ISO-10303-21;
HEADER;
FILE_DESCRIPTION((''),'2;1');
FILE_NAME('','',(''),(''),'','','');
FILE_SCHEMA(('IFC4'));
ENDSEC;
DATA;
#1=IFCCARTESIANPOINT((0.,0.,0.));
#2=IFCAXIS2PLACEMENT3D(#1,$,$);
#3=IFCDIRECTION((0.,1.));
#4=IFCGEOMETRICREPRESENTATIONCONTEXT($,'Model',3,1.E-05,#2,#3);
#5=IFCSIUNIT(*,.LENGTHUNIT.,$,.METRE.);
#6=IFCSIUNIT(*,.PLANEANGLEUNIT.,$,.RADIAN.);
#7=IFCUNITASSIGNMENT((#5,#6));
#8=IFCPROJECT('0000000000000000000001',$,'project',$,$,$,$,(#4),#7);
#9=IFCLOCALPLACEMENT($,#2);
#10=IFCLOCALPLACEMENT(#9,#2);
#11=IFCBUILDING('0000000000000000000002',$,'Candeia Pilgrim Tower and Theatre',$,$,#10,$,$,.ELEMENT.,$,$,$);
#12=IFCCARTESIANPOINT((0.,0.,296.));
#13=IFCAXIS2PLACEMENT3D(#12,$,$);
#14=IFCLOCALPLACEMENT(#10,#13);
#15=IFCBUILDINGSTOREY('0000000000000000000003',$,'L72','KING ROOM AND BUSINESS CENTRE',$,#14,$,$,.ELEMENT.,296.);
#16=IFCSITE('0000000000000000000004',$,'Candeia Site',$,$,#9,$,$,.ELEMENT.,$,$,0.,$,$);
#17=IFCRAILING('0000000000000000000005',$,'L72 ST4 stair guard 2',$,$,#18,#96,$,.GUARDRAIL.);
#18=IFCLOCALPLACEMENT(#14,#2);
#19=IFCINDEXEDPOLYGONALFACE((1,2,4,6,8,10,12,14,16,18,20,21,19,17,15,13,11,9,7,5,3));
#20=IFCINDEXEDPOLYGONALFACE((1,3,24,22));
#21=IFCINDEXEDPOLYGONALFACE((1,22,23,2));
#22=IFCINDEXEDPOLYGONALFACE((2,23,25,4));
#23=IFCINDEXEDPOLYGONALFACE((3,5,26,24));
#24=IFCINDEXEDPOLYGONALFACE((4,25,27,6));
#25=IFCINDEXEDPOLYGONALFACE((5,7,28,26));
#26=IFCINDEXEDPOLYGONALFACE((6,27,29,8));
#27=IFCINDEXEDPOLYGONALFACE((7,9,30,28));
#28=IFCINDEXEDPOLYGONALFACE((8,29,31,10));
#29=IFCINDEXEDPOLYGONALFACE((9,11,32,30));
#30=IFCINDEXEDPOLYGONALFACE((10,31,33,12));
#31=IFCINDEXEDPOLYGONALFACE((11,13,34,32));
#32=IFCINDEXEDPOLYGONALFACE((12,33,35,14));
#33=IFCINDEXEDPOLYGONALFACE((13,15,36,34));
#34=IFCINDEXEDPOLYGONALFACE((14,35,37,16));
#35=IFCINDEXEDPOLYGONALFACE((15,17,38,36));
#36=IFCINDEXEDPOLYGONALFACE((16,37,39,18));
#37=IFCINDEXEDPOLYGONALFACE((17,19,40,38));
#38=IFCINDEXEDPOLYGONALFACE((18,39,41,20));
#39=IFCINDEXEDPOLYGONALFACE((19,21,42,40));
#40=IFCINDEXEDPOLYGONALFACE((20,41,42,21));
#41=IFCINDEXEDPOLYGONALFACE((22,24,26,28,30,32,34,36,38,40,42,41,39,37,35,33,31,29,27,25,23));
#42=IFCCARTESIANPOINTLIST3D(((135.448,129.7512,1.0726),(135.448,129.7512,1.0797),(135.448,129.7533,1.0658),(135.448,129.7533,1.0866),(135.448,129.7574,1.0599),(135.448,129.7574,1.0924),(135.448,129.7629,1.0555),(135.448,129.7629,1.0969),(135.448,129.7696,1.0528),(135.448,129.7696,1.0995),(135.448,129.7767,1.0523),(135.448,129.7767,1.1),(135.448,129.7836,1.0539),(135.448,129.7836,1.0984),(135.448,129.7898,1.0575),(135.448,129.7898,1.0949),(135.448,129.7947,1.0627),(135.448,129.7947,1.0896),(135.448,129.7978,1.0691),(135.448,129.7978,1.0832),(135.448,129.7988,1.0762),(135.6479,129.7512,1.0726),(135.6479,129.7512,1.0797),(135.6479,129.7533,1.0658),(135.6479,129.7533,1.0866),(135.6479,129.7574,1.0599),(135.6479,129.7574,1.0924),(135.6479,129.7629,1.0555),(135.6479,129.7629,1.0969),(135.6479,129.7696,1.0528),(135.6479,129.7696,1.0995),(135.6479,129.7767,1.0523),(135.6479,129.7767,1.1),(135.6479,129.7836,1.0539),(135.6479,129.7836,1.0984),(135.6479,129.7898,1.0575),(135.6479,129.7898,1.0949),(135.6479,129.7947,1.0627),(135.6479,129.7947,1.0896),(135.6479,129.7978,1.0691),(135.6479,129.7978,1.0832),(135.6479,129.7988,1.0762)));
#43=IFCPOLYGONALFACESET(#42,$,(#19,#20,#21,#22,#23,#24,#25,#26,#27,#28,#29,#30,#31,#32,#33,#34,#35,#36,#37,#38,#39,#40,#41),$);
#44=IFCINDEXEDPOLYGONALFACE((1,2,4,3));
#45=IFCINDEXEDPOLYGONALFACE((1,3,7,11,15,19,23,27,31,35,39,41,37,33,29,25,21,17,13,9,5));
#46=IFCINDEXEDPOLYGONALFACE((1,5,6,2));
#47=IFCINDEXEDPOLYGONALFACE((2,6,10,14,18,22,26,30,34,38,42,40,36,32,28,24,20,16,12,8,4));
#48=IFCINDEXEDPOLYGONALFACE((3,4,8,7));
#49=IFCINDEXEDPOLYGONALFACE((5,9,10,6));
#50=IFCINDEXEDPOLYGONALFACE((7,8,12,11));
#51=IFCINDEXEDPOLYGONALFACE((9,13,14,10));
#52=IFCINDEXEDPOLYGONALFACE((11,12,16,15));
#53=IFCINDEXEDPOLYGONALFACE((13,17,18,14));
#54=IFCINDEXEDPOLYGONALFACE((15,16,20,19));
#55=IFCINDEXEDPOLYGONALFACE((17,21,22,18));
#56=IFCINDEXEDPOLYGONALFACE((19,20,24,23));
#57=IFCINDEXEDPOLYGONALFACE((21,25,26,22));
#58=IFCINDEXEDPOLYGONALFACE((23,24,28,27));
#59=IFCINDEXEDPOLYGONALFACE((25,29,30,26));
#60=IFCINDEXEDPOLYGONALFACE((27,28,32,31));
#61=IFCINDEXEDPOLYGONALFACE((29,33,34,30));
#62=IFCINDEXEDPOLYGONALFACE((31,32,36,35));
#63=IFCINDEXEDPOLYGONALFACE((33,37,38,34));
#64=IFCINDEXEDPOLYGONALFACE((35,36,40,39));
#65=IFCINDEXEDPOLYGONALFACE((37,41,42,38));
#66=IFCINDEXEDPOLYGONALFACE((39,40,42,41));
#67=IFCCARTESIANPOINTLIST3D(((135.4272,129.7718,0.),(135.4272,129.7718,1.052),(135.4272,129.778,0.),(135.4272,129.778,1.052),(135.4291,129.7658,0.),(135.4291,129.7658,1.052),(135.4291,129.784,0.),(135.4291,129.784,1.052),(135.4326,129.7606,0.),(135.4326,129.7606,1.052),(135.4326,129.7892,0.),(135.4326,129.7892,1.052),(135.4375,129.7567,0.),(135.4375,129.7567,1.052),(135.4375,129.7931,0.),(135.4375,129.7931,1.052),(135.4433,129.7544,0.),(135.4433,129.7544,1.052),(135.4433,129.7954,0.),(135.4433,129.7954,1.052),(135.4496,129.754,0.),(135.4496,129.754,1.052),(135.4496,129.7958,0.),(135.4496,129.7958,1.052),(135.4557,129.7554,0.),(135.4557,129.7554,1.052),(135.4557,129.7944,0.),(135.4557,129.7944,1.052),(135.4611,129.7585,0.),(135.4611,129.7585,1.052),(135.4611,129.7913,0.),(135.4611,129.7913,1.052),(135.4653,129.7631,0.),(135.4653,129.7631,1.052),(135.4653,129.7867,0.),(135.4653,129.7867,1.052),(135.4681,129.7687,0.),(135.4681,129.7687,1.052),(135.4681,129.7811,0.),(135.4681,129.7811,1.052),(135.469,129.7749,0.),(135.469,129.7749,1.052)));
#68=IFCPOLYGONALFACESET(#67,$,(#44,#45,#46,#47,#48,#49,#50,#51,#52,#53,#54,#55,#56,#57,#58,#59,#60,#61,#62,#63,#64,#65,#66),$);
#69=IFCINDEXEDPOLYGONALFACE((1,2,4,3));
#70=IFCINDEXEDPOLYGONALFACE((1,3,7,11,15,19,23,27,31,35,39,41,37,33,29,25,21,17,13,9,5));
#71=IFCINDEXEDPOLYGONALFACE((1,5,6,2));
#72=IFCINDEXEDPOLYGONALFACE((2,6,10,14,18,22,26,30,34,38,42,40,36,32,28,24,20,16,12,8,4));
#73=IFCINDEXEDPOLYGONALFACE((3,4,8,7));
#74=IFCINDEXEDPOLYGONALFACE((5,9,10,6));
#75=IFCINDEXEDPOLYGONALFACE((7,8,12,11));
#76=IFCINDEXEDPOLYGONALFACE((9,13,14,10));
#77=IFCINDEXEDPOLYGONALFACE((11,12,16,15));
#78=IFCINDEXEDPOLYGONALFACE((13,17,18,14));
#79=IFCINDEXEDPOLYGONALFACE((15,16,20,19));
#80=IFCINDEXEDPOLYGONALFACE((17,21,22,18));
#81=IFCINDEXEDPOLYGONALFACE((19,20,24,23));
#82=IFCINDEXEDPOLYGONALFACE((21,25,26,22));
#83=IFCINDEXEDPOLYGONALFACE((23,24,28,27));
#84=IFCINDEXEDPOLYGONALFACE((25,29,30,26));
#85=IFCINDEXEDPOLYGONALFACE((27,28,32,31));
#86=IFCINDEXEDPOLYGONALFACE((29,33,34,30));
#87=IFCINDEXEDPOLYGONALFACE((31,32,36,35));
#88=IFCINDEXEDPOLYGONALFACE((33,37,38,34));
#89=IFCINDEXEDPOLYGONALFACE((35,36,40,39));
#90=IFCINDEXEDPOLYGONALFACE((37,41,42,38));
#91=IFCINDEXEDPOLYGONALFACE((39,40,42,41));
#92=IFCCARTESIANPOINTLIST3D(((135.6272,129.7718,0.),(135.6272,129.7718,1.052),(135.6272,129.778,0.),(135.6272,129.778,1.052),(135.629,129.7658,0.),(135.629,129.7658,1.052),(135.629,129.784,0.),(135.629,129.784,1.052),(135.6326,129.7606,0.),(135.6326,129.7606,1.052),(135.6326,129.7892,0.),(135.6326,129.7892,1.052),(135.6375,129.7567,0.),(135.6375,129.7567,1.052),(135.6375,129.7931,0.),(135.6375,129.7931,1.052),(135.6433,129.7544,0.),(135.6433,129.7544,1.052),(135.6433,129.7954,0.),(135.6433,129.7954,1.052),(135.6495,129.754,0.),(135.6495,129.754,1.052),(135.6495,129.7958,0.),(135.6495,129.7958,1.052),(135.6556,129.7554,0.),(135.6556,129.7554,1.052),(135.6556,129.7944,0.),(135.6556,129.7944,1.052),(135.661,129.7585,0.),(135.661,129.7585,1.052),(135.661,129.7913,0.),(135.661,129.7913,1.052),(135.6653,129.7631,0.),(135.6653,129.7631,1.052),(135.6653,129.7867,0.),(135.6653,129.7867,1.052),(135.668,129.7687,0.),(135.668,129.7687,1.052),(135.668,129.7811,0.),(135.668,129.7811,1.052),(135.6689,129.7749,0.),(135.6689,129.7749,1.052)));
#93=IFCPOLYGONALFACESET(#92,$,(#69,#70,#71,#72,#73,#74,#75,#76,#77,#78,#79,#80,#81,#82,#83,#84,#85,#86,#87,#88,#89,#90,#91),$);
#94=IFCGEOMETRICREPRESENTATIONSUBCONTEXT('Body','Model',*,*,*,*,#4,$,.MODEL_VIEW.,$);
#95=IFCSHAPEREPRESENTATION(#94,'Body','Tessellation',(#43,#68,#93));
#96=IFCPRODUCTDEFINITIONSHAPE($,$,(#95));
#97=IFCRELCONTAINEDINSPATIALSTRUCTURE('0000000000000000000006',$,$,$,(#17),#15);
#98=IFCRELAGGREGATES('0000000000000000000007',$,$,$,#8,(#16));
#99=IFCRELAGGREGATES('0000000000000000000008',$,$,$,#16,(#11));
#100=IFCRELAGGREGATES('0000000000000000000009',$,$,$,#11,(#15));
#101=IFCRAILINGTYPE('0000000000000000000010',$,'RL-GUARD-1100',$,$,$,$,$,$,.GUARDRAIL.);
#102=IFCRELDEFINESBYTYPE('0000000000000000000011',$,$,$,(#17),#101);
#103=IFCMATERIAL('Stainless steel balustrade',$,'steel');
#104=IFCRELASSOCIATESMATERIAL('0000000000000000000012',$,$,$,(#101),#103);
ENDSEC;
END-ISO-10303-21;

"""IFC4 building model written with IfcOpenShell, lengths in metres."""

from ifc_helpers import new_model, si_unit, direction, frame, origin, origin_2d, place, context, subcontext, project, spatial, circle, extrude, material, type_object, element, save


model = new_model("IFC4")

# Units and contexts
model_context = context("Model", 3, precision=1e-05, world=origin(), true_north=direction((0.0, 1.0)))
body_context = subcontext(model_context, "Body", "Model", "MODEL_VIEW")
ifc_project = project(units=[si_unit("LENGTHUNIT", "METRE"), si_unit("PLANEANGLEUNIT", "RADIAN")], contexts=[model_context])

# Site, building, storey
site_placement = place(None, origin())
site = spatial("IfcSite", under=ifc_project, at=site_placement, Name="Candeia Site", CompositionType="ELEMENT", RefElevation=0.0)
building_placement = place(site_placement, origin())
building = spatial("IfcBuilding", under=site, at=building_placement, Name="Candeia Pilgrim Tower and Theatre", CompositionType="ELEMENT")
storey_placement = place(building_placement, frame((0.0, 0.0, 296.0)))
storey = spatial("IfcBuildingStorey", under=building, at=storey_placement, Name="L72", Description="KING ROOM AND BUSINESS CENTRE", CompositionType="ELEMENT", Elevation=296.0)

# Railing
ifc_material_1 = material(Name="Stainless steel balustrade", Category="steel")
railing_type_1 = type_object("IfcRailingType", Name="RL-GUARD-1100", PredefinedType="GUARDRAIL", material=ifc_material_1)
railing_1_placement = place(storey_placement, frame((135.448, 129.7749, 0.0)))
element("IfcRailing", 1, at=railing_1_placement, inside=storey, type_object=railing_type_1, Name="L72 ST4 stair guard 2", PredefinedType="GUARDRAIL", context=body_context, shape_type="SweptSolid", body=[
    extrude(circle(Radius=0.0239, at=origin_2d()), frame((0.0, 0.0, 1.0762), z_axis=(1.0, 0.0, 0.0), x_axis=(0.0, 1.0, 0.0)), (0.0, 0.0, 1.0), 0.2),
    extrude(circle(Radius=0.021, at=origin_2d()), origin(), (0.0, 0.0, 1.0), 1.052),
    extrude(circle(Radius=0.021, at=origin_2d()), frame((0.2, 0.0, 0.0)), (0.0, 0.0, 1.0), 1.052),
])

save(model, "model.ifc")
